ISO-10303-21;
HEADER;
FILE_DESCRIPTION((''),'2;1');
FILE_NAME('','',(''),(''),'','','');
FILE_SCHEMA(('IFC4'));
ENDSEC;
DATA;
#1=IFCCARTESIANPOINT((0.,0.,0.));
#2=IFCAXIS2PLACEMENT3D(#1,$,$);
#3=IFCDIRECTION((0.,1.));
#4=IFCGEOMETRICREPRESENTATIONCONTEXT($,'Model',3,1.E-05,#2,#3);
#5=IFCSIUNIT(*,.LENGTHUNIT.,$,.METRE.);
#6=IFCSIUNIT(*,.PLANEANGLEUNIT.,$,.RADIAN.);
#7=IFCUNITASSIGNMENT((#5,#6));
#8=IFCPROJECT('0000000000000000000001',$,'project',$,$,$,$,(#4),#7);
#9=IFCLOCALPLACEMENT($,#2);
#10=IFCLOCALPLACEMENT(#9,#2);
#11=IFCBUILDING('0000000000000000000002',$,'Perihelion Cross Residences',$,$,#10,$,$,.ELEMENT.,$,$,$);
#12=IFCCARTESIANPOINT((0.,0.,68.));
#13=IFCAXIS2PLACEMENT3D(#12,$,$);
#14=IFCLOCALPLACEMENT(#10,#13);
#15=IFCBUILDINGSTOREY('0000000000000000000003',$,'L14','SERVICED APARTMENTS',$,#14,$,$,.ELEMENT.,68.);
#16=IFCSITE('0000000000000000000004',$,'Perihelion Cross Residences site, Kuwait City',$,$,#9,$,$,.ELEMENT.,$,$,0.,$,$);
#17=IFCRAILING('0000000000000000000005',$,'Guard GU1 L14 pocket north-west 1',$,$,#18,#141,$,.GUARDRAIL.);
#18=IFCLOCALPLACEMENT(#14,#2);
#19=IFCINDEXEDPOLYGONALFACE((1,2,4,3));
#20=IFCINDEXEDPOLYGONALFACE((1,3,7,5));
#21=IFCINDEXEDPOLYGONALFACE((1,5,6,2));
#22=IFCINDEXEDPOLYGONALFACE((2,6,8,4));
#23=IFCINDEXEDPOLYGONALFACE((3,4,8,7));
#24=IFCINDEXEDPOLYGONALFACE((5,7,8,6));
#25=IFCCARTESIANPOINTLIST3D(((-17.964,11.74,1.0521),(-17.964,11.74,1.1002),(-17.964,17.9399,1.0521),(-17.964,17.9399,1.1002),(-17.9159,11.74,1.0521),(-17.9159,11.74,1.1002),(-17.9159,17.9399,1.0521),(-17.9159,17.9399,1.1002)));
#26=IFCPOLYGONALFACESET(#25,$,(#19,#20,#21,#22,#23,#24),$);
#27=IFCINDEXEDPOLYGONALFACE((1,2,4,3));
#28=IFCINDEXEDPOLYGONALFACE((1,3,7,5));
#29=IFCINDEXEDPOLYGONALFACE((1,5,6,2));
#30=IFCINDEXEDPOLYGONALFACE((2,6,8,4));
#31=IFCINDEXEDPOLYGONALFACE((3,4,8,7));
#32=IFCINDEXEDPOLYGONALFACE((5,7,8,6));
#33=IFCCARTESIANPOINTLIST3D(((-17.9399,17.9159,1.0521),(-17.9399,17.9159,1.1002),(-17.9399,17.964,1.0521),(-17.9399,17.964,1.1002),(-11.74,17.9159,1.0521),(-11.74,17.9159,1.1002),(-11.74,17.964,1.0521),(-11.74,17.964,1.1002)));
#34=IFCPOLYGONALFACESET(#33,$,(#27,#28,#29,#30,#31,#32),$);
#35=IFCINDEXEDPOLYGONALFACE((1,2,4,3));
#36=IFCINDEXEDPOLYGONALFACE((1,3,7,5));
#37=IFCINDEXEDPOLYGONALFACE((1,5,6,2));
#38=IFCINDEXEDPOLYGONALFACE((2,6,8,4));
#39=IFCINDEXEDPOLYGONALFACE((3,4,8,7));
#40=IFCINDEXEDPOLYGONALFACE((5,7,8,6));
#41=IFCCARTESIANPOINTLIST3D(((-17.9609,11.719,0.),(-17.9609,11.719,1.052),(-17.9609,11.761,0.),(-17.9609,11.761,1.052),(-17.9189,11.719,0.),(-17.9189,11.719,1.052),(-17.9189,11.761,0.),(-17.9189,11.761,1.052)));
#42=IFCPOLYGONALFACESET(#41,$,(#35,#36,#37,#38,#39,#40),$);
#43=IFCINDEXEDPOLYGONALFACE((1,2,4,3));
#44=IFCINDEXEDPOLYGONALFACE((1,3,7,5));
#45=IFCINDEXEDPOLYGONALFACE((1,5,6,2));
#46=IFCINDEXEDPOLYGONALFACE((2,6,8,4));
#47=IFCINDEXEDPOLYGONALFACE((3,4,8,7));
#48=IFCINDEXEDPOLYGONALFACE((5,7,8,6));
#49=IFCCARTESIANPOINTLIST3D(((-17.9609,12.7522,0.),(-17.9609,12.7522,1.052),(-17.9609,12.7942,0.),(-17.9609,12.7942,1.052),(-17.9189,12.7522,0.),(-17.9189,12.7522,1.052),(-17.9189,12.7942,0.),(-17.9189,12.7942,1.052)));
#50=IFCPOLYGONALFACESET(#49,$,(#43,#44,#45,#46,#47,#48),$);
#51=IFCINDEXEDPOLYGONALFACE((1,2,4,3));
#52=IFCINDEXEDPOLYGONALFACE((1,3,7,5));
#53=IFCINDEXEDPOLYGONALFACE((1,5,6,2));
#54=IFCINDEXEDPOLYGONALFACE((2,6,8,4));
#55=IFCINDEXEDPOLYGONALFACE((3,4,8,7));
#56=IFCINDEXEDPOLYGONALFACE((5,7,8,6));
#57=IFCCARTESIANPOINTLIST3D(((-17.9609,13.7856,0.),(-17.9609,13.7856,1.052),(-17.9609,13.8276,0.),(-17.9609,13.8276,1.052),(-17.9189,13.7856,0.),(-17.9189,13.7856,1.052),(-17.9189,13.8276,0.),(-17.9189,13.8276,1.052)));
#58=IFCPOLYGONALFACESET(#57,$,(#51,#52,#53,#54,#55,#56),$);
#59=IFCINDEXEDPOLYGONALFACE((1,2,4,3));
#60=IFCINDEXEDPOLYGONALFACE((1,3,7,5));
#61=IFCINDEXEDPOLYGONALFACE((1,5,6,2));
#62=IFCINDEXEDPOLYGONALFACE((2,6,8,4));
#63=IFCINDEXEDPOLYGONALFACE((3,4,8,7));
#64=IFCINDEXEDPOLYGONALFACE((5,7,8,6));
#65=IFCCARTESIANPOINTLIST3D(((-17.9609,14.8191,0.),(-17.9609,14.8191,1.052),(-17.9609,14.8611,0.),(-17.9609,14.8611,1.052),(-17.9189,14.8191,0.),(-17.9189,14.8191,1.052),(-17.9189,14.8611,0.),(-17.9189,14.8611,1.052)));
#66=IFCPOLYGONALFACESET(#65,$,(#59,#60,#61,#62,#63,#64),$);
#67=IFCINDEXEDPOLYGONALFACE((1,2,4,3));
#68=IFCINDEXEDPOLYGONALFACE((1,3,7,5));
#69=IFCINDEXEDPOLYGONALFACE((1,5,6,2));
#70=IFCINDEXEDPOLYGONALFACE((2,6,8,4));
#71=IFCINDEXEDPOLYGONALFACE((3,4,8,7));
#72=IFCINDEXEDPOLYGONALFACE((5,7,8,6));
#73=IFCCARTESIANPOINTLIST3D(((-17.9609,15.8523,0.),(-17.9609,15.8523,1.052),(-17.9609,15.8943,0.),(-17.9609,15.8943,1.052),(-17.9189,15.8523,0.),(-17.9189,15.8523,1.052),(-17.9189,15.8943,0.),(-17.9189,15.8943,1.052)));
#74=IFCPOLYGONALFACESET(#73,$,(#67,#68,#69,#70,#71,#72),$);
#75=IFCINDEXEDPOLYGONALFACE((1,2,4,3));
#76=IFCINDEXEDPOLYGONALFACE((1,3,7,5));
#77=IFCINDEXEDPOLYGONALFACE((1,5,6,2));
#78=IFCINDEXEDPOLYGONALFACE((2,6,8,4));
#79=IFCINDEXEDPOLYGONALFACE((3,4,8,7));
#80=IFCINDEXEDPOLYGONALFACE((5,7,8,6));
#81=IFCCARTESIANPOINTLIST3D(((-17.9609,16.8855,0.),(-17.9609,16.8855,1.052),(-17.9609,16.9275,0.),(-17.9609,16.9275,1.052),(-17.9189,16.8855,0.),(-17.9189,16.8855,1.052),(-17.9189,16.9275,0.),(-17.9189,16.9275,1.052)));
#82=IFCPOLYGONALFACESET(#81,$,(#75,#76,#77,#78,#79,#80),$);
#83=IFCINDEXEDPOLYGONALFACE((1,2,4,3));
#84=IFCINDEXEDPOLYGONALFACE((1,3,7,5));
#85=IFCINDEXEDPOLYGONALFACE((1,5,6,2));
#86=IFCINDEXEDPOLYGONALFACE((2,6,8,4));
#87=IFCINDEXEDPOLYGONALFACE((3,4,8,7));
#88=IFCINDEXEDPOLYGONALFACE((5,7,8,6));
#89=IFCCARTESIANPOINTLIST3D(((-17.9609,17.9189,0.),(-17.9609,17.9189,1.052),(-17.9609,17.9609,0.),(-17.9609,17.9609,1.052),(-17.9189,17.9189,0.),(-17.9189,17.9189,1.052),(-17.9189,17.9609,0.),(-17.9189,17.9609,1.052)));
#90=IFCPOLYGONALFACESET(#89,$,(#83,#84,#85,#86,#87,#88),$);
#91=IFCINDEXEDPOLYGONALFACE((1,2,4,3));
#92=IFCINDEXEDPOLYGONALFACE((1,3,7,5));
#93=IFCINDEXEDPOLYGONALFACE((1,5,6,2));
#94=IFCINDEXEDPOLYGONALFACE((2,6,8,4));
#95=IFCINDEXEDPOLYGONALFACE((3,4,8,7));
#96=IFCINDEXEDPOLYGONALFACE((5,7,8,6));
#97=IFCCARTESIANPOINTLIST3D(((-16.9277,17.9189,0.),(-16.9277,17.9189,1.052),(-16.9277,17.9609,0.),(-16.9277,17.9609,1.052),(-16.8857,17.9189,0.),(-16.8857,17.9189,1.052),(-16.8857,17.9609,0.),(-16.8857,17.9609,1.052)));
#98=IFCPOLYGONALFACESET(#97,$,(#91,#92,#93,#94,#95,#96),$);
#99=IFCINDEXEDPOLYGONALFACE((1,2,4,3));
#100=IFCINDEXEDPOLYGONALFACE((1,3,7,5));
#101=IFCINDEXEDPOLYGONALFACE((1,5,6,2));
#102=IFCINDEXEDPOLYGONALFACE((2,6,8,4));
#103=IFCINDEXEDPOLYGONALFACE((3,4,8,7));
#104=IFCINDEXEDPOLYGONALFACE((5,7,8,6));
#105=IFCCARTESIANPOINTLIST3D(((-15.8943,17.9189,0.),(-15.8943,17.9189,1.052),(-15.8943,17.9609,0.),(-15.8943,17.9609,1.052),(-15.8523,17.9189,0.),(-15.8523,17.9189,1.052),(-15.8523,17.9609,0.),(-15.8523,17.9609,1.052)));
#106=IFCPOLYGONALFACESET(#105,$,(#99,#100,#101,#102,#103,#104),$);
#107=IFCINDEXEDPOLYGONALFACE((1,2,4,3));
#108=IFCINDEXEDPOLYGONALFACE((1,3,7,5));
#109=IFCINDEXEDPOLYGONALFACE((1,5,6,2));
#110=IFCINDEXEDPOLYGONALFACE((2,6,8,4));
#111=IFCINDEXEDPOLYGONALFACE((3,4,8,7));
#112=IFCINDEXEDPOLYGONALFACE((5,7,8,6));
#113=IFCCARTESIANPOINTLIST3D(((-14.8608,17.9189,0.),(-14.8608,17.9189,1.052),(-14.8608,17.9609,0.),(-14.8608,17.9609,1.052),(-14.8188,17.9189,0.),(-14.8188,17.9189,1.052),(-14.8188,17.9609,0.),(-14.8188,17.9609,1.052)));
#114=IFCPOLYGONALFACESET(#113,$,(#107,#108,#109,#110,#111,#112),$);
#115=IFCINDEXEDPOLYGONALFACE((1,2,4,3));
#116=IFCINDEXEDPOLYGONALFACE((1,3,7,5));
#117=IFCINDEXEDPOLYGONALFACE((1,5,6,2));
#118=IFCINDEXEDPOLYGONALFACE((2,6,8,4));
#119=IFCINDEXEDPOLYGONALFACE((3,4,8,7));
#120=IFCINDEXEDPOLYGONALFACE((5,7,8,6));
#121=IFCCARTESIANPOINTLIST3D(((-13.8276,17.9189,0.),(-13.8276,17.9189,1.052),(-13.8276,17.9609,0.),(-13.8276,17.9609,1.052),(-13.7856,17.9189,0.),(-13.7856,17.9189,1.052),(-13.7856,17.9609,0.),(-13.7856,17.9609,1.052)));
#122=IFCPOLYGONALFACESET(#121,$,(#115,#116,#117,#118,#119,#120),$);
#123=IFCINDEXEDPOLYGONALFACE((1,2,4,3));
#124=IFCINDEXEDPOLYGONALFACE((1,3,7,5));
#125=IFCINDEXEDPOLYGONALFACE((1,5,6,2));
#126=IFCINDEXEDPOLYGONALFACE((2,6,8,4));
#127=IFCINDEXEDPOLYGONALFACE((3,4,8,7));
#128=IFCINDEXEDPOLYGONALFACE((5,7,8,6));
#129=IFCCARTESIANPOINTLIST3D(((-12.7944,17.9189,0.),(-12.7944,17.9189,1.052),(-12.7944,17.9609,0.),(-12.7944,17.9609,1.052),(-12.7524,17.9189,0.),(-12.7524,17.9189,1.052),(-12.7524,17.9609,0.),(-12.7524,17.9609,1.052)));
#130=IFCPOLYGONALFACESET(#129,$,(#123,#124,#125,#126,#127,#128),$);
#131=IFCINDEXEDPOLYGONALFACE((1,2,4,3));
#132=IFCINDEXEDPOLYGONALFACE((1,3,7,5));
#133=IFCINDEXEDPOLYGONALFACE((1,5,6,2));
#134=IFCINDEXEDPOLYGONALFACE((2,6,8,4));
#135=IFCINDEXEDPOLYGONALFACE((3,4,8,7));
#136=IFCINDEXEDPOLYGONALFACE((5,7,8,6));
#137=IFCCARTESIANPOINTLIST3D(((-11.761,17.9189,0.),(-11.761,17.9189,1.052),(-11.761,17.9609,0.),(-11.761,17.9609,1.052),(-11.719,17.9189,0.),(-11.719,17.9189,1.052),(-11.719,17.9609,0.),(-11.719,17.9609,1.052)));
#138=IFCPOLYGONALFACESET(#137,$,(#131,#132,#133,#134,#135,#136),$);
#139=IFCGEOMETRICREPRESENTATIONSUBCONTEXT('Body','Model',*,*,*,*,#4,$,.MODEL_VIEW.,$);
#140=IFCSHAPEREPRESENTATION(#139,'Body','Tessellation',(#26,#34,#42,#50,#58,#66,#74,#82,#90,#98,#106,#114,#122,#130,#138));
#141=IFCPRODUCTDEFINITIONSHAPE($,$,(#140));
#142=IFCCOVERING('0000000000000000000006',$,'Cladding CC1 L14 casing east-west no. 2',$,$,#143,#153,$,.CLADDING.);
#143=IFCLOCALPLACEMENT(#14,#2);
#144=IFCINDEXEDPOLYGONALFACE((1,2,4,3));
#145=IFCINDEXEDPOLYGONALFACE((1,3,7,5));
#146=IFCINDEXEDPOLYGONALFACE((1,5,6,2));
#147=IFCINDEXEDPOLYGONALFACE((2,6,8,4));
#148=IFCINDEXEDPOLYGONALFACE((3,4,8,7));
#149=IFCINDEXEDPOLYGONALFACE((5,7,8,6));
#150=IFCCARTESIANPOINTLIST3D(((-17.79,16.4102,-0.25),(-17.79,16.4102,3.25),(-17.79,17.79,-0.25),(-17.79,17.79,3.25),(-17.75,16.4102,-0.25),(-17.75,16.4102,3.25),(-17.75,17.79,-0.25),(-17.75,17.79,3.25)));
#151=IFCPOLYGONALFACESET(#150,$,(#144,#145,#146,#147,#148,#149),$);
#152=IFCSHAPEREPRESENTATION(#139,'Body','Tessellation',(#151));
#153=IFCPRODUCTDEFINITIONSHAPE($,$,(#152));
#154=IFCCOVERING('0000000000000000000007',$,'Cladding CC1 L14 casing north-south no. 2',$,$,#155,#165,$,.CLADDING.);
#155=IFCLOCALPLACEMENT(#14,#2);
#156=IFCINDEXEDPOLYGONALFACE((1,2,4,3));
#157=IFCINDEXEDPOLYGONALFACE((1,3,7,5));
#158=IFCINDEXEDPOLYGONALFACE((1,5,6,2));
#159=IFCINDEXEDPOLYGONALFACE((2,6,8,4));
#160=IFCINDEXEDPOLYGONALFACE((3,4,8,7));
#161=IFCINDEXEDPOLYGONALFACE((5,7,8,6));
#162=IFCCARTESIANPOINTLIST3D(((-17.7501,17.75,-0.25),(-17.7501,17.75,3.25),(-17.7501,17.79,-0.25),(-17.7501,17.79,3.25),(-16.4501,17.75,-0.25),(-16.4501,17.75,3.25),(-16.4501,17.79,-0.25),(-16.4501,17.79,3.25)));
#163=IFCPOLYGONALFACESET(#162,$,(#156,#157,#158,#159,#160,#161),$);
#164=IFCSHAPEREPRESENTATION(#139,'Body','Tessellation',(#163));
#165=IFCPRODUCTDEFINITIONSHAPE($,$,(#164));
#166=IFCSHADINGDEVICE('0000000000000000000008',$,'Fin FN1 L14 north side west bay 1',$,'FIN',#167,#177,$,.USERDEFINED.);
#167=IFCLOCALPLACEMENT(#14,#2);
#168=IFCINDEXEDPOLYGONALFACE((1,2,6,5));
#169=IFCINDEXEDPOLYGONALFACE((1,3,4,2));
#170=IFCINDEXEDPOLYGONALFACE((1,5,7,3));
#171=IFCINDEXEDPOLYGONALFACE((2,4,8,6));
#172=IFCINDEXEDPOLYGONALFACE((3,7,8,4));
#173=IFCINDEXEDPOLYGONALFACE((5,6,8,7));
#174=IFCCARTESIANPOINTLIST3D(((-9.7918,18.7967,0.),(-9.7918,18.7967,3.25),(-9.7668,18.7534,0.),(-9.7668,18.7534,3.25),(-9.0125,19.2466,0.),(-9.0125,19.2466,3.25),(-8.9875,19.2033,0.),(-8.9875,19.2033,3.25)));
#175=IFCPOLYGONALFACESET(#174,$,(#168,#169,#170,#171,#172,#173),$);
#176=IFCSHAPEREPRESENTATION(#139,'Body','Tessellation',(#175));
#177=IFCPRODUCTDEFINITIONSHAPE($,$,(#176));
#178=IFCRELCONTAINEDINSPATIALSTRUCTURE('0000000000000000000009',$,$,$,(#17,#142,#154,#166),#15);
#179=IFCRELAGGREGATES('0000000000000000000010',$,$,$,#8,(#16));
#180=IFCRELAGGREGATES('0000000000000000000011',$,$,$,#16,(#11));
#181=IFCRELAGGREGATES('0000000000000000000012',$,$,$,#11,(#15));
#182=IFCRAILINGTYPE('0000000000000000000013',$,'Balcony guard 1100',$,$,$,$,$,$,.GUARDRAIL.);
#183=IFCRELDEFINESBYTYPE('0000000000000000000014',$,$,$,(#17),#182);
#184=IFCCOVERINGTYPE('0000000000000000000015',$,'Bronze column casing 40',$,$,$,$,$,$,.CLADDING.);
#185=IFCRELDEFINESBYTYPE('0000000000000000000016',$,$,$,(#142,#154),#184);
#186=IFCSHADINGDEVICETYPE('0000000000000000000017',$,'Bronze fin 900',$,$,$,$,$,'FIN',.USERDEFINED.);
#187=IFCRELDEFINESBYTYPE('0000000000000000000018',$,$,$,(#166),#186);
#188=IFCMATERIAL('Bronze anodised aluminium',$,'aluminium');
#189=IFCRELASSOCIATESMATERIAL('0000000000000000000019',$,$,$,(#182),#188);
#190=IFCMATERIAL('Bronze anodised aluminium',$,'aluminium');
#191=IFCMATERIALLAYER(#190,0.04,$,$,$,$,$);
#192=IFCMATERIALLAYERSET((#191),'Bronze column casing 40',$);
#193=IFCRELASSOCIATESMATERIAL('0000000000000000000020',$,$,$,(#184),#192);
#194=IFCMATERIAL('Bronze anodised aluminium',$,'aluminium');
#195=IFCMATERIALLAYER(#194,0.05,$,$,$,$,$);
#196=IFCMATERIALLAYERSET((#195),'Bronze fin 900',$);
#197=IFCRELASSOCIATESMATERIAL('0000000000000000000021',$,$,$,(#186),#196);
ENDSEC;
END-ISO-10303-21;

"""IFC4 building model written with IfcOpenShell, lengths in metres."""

from ifc_helpers import new_model, si_unit, direction, frame, origin, origin_2d, place, context, subcontext, project, spatial, rectangle, extrude, material, layer, layer_set, type_object, element, save


model = new_model("IFC4")

# Units and contexts
model_context = context("Model", 3, precision=1e-05, world=origin(), true_north=direction((0.0, 1.0)))
body_context = subcontext(model_context, "Body", "Model", "MODEL_VIEW")
ifc_project = project(units=[si_unit("LENGTHUNIT", "METRE"), si_unit("PLANEANGLEUNIT", "RADIAN")], contexts=[model_context])

# Site, building, storey
site_placement = place(None, origin())
site = spatial("IfcSite", under=ifc_project, at=site_placement, Name="Perihelion Cross Residences site, Kuwait City", CompositionType="ELEMENT", RefElevation=0.0)
building_placement = place(site_placement, origin())
building = spatial("IfcBuilding", under=site, at=building_placement, Name="Perihelion Cross Residences", CompositionType="ELEMENT")
storey_placement = place(building_placement, frame((0.0, 0.0, 68.0)))
storey = spatial("IfcBuildingStorey", under=building, at=storey_placement, Name="L14", Description="SERVICED APARTMENTS", CompositionType="ELEMENT", Elevation=68.0)

# Railing
ifc_material_1 = material(Name="Bronze anodised aluminium", Category="aluminium")
railing_type = type_object("IfcRailingType", Name="Balcony guard 1100", PredefinedType="GUARDRAIL", material=ifc_material_1)
railing_1_placement = place(storey_placement, frame((-17.9399, 11.74, 0.0)))
element("IfcRailing", 1, at=railing_1_placement, inside=storey, type_object=railing_type, Name="Guard GU1 L14 pocket north-west 1", PredefinedType="GUARDRAIL", context=body_context, shape_type="SweptSolid", body=[
    extrude(rectangle(XDim=0.0481, YDim=0.0481, at=origin_2d()), frame((0.0, 0.0, 1.0762), z_axis=(0.0, 1.0, 0.0), x_axis=(-1.0, 0.0, 0.0)), (0.0, 0.0, 1.0), 6.2),
    extrude(rectangle(XDim=0.0481, YDim=0.0481, at=origin_2d()), frame((0.0, 6.2, 1.0762), z_axis=(1.0, 0.0, 0.0), x_axis=(0.0, 1.0, 0.0)), (0.0, 0.0, 1.0), 6.2),
    extrude(rectangle(XDim=0.042, YDim=0.042, at=origin_2d()), origin(), (0.0, 0.0, 1.0), 1.052),
    extrude(rectangle(XDim=0.042, YDim=0.042, at=origin_2d()), frame((0.0, 1.0332, 0.0)), (0.0, 0.0, 1.0), 1.052),
    extrude(rectangle(XDim=0.042, YDim=0.042, at=origin_2d()), frame((0.0, 2.0667, 0.0)), (0.0, 0.0, 1.0), 1.052),
    extrude(rectangle(XDim=0.042, YDim=0.042, at=origin_2d()), frame((0.0, 3.1001, 0.0)), (0.0, 0.0, 1.0), 1.052),
    extrude(rectangle(XDim=0.042, YDim=0.042, at=origin_2d()), frame((0.0, 4.1333, 0.0)), (0.0, 0.0, 1.0), 1.052),
    extrude(rectangle(XDim=0.042, YDim=0.042, at=origin_2d()), frame((0.0, 5.1665, 0.0)), (0.0, 0.0, 1.0), 1.052),
    extrude(rectangle(XDim=0.042, YDim=0.042, at=origin_2d()), frame((0.0, 6.2, 0.0)), (0.0, 0.0, 1.0), 1.052),
    extrude(rectangle(XDim=0.042, YDim=0.042, at=origin_2d()), frame((1.0332, 6.2, 0.0)), (0.0, 0.0, 1.0), 1.052),
    extrude(rectangle(XDim=0.042, YDim=0.042, at=origin_2d()), frame((2.0667, 6.2, 0.0)), (0.0, 0.0, 1.0), 1.052),
    extrude(rectangle(XDim=0.042, YDim=0.042, at=origin_2d()), frame((3.1001, 6.2, 0.0)), (0.0, 0.0, 1.0), 1.052),
    extrude(rectangle(XDim=0.042, YDim=0.042, at=origin_2d()), frame((4.1333, 6.2, 0.0)), (0.0, 0.0, 1.0), 1.052),
    extrude(rectangle(XDim=0.042, YDim=0.042, at=origin_2d()), frame((5.1665, 6.2, 0.0)), (0.0, 0.0, 1.0), 1.052),
    extrude(rectangle(XDim=0.042, YDim=0.042, at=origin_2d()), frame((6.2, 6.2, 0.0)), (0.0, 0.0, 1.0), 1.052),
])

# Coverings
ifc_material_2 = material(Name="Bronze anodised aluminium", Category="aluminium")
ifc_layer_1 = layer(ifc_material_2, 0.04)
ifc_layer_set_1 = layer_set([ifc_layer_1], Name="Bronze column casing 40")
covering_type = type_object("IfcCoveringType", Name="Bronze column casing 40", PredefinedType="CLADDING", material=ifc_layer_set_1)
covering_1_placement = place(storey_placement, frame((-17.77, 17.1001, -0.25), z_axis=(0.0, 0.0, 1.0), x_axis=(1.0, 0.0, 0.0)))
element("IfcCovering", 2, at=covering_1_placement, inside=storey, type_object=covering_type, Name="Cladding CC1 L14 casing east-west no. 2", PredefinedType="CLADDING", context=body_context, shape_type="SweptSolid", body=[
    extrude(rectangle(XDim=0.04, YDim=1.3799, at=origin_2d()), origin(), (0.0, 0.0, 1.0), 3.5),
])
covering_2_placement = place(storey_placement, frame((-17.1001, 17.77, -0.25), z_axis=(0.0, 0.0, 1.0), x_axis=(1.0, 0.0, 0.0)))
element("IfcCovering", 3, at=covering_2_placement, inside=storey, type_object=covering_type, Name="Cladding CC1 L14 casing north-south no. 2", PredefinedType="CLADDING", context=body_context, shape_type="SweptSolid", body=[
    extrude(rectangle(XDim=1.3, YDim=0.04, at=origin_2d()), origin(), (0.0, 0.0, 1.0), 3.5),
])

# Shading device
ifc_material_3 = material(Name="Bronze anodised aluminium", Category="aluminium")
ifc_layer_2 = layer(ifc_material_3, 0.05)
ifc_layer_set_2 = layer_set([ifc_layer_2], Name="Bronze fin 900")
shading_device_type = type_object("IfcShadingDeviceType", Name="Bronze fin 900", ElementType="FIN", PredefinedType="USERDEFINED", material=ifc_layer_set_2)
shading_device_placement = place(storey_placement, frame((-9.3896, 19.0, 0.0), z_axis=(0.0, 0.0, 1.0), x_axis=(-0.866025, -0.5, 0.0)))
element("IfcShadingDevice", 4, at=shading_device_placement, inside=storey, type_object=shading_device_type, Name="Fin FN1 L14 north side west bay 1", ObjectType="FIN", PredefinedType="USERDEFINED", context=body_context, shape_type="SweptSolid", body=[
    extrude(rectangle(XDim=0.8999, YDim=0.05, at=origin_2d()), origin(), (0.0, 0.0, 1.0), 3.25),
])

save(model, "model.ifc")
